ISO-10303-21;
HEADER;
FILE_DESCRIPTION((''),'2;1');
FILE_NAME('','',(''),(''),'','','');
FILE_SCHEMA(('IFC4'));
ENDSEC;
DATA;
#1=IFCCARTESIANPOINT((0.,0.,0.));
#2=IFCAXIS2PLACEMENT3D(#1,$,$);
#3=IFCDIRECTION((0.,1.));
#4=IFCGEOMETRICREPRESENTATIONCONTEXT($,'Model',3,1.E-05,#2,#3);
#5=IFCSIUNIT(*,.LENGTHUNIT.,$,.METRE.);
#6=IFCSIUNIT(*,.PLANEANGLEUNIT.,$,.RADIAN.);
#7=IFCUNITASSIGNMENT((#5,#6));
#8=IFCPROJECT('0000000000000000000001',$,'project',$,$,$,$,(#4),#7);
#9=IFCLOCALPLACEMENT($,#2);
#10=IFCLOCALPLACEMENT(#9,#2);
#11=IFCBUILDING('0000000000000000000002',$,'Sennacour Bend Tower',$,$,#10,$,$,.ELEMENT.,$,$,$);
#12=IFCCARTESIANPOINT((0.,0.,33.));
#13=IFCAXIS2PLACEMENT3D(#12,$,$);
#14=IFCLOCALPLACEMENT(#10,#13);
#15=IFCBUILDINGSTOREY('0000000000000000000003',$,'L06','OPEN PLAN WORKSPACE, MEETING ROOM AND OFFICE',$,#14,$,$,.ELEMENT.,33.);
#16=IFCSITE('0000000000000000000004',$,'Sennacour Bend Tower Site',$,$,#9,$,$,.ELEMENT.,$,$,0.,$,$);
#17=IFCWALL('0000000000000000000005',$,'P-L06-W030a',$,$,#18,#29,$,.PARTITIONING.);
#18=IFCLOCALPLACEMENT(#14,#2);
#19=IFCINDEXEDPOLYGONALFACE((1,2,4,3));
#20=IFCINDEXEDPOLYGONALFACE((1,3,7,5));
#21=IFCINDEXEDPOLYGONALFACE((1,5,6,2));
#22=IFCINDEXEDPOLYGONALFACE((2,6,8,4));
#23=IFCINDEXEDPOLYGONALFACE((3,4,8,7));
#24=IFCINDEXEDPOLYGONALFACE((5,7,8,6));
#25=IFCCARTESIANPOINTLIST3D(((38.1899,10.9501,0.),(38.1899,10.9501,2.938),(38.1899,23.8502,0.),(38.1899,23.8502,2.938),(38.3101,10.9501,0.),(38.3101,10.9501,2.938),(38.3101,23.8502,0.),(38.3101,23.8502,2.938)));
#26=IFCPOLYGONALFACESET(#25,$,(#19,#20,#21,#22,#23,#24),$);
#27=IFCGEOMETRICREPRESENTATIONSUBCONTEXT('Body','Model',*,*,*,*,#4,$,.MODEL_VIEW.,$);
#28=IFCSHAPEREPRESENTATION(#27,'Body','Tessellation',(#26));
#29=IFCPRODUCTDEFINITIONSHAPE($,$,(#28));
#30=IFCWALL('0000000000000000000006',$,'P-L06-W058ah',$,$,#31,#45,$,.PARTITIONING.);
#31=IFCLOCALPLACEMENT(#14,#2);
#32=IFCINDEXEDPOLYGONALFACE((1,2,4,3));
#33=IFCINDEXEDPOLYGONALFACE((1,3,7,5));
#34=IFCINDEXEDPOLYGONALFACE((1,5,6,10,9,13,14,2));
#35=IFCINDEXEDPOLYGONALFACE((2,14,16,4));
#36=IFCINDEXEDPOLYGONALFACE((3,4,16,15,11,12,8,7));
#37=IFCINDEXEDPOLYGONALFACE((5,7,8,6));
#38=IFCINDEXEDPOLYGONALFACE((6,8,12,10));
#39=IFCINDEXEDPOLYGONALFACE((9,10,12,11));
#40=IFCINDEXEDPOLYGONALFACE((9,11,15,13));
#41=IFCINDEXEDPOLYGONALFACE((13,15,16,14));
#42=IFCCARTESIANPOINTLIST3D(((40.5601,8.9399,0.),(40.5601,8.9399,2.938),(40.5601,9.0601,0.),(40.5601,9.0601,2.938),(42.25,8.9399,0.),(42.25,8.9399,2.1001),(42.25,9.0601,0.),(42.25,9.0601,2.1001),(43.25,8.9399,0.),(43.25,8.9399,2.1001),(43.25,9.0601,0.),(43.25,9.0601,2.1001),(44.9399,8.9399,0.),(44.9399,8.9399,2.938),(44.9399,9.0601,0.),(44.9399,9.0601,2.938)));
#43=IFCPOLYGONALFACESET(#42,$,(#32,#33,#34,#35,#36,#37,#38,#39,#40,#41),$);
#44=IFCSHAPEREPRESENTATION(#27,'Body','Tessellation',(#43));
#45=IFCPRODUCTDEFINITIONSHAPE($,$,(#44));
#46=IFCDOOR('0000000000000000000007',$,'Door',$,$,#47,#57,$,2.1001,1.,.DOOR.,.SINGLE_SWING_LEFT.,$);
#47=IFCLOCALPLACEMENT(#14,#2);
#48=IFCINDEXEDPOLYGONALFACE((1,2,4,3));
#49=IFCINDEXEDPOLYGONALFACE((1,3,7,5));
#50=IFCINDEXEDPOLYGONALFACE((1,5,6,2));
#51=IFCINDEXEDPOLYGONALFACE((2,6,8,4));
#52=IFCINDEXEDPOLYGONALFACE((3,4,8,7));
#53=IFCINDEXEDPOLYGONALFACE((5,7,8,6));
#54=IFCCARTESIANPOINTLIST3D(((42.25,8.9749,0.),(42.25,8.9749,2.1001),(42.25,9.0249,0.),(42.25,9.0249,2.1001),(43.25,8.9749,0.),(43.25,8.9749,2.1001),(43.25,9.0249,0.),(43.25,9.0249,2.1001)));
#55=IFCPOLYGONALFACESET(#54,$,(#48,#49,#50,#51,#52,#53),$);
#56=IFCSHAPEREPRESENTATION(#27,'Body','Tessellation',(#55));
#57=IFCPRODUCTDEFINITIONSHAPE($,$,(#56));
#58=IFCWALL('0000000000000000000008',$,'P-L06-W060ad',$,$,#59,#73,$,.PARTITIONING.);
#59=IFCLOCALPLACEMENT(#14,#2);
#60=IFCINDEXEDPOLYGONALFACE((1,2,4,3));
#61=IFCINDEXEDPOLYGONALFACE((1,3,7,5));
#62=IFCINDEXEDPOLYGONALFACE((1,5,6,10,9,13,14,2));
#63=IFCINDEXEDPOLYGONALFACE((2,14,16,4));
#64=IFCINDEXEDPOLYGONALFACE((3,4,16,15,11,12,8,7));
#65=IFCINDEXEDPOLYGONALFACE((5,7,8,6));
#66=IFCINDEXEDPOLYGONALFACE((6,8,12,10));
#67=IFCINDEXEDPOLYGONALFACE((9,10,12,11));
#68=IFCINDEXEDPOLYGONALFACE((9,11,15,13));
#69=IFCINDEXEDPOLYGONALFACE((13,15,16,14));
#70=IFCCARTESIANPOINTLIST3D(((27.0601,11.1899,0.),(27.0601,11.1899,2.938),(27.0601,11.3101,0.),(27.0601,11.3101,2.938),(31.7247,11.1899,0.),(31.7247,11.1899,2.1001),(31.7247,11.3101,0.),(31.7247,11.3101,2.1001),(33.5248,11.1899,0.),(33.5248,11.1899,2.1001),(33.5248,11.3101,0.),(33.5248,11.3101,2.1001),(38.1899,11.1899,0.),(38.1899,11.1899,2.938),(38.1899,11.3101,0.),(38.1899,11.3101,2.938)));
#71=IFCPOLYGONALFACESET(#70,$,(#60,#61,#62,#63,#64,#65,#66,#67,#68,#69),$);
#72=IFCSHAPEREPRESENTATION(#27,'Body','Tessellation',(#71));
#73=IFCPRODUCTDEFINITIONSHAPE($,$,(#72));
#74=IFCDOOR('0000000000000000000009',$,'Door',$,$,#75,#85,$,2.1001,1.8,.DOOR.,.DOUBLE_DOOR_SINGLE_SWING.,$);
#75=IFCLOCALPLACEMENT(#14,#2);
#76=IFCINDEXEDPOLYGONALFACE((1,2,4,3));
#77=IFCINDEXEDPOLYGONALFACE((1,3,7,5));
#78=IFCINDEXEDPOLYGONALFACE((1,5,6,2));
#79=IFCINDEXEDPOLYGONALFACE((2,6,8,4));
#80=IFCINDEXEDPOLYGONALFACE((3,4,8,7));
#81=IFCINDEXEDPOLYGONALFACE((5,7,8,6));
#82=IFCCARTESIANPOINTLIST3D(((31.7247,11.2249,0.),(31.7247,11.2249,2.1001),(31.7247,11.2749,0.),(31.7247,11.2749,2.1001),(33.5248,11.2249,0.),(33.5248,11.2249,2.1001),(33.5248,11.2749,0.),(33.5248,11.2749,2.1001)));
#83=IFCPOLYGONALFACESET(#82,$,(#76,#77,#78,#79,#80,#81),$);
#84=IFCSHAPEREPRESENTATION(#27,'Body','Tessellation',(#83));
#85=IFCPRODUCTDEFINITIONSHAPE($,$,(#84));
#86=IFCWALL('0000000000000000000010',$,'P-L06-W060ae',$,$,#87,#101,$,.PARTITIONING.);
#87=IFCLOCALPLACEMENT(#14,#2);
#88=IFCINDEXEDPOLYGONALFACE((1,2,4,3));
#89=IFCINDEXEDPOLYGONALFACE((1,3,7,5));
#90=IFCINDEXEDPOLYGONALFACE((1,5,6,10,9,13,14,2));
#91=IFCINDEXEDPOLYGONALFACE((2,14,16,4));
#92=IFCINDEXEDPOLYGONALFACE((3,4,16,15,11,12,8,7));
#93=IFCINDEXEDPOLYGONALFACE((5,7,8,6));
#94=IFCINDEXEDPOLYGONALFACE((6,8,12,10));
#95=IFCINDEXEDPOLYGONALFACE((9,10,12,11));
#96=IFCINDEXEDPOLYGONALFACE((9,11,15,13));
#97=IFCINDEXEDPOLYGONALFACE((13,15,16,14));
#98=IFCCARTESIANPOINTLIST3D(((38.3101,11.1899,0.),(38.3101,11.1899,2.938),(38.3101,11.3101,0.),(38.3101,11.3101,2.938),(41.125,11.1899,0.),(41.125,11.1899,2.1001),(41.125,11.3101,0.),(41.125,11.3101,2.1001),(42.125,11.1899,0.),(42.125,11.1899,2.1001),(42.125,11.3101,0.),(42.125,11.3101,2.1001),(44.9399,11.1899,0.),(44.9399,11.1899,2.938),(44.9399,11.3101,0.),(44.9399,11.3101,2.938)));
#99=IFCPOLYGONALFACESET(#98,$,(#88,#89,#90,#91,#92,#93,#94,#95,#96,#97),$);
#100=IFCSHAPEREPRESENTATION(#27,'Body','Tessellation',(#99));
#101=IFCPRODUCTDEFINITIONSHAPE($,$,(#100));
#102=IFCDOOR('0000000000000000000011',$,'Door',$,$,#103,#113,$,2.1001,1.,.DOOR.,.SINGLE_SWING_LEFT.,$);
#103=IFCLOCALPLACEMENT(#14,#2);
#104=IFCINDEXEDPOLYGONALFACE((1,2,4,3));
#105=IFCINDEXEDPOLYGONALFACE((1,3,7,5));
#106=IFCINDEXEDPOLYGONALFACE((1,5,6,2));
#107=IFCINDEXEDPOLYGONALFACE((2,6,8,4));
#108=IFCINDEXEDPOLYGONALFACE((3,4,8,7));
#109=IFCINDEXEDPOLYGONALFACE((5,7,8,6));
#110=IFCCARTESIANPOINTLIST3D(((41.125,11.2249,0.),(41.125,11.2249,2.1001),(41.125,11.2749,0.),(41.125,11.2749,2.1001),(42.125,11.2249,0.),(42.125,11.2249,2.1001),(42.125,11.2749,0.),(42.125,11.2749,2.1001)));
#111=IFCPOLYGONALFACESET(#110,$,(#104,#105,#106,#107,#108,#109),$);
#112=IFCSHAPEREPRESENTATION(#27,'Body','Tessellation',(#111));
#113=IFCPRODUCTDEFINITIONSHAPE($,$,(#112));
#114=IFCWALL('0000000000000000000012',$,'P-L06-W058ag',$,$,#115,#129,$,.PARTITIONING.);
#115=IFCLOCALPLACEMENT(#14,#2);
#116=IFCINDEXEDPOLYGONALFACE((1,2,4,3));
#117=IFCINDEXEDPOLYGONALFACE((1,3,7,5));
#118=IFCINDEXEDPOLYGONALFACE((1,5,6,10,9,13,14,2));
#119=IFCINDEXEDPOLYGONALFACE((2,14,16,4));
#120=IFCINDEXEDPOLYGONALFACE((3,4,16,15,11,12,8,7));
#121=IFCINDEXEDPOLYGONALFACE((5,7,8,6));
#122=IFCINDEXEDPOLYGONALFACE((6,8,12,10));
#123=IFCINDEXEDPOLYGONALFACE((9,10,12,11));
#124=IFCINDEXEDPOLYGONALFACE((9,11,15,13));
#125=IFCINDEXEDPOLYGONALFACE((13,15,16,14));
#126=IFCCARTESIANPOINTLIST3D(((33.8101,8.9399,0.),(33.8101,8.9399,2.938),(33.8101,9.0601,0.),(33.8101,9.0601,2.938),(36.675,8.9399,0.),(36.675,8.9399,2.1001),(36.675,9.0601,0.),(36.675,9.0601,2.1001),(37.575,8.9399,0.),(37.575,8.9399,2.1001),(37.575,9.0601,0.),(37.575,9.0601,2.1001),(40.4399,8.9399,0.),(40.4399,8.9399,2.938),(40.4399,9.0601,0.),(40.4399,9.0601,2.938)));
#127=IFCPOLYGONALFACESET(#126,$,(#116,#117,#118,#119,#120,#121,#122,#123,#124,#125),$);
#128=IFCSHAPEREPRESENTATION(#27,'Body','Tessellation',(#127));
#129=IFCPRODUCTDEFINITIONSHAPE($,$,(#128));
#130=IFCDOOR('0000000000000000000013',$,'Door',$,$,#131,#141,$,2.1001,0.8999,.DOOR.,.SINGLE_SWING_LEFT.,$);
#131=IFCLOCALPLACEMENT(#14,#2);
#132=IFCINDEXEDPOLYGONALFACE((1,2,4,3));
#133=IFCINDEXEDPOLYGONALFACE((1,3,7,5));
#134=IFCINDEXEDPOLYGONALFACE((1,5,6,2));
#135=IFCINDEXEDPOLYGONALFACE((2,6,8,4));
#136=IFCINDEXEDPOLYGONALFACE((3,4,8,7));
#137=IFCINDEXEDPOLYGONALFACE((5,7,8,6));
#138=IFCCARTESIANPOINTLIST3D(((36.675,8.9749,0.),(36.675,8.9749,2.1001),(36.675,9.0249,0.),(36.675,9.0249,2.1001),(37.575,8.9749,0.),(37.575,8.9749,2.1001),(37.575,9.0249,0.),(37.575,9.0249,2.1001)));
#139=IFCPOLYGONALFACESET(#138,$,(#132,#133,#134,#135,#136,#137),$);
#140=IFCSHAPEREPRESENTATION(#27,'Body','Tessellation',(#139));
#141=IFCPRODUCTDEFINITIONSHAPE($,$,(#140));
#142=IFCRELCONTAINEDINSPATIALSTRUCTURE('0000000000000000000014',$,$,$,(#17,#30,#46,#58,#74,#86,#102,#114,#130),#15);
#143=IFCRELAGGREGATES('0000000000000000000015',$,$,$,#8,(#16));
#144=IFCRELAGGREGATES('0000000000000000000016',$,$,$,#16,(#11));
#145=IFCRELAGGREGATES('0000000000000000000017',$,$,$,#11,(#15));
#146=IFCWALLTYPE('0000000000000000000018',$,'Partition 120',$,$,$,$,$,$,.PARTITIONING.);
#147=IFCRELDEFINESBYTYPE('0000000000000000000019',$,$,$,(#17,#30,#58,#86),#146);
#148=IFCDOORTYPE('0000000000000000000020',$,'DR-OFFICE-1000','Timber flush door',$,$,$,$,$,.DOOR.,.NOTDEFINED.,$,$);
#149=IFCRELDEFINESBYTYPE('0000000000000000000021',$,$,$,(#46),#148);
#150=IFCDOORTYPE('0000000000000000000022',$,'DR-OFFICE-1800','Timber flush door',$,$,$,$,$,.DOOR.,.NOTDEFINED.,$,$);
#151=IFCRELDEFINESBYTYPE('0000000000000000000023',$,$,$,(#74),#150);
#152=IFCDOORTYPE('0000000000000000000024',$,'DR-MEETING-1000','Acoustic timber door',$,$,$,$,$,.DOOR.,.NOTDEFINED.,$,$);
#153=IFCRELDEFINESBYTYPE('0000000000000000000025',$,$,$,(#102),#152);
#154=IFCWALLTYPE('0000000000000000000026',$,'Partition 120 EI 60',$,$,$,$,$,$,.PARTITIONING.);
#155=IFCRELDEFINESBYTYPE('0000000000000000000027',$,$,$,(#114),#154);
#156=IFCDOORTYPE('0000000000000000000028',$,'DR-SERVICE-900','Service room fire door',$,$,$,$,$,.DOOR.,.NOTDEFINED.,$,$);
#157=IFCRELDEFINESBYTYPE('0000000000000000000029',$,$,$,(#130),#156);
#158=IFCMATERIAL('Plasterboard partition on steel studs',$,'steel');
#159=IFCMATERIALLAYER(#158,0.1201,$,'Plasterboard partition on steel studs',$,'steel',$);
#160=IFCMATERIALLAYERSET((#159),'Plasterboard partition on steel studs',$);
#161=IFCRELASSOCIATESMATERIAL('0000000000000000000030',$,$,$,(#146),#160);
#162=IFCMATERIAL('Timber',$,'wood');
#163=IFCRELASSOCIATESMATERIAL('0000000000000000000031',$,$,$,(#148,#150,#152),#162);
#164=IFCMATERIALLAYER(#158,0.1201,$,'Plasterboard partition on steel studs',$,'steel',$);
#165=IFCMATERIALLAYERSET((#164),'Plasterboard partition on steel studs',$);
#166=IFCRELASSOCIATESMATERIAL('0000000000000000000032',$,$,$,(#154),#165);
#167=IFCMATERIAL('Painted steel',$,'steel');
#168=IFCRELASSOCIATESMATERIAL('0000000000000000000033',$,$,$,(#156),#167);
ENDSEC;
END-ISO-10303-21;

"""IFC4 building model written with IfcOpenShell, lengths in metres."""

from ifc_helpers import new_model, si_unit, direction, frame, frame_2d, origin, place, context, subcontext, project, spatial, rectangle, extrude, material, layer, layer_set, type_object, element, fill, save


model = new_model("IFC4")

# Units and contexts
model_context = context("Model", 3, precision=1e-05, world=origin(), true_north=direction((0.0, 1.0)))
body_context = subcontext(model_context, "Body", "Model", "MODEL_VIEW")
ifc_project = project(units=[si_unit("LENGTHUNIT", "METRE"), si_unit("PLANEANGLEUNIT", "RADIAN")], contexts=[model_context])

# Site, building, storey
site_placement = place(None, origin())
site = spatial("IfcSite", under=ifc_project, at=site_placement, Name="Sennacour Bend Tower Site", CompositionType="ELEMENT", RefElevation=0.0)
building_placement = place(site_placement, origin())
building = spatial("IfcBuilding", under=site, at=building_placement, Name="Sennacour Bend Tower", CompositionType="ELEMENT")
storey_placement = place(building_placement, frame((0.0, 0.0, 33.0)))
storey = spatial("IfcBuildingStorey", under=building, at=storey_placement, Name="L06", Description="OPEN PLAN WORKSPACE, MEETING ROOM AND OFFICE", CompositionType="ELEMENT", Elevation=33.0)

# Wall
ifc_material_1 = material(Name="Plasterboard partition on steel studs", Category="steel")
ifc_layer_1 = layer(ifc_material_1, 0.1201, Name="Plasterboard partition on steel studs", Category="steel")
ifc_layer_set_1 = layer_set([ifc_layer_1], Name="Plasterboard partition on steel studs")
wall_type_1 = type_object("IfcWallType", Name="Partition 120", PredefinedType="PARTITIONING", material=ifc_layer_set_1)
for number, where, z_axis, x_axis, name in (
    (1, (38.25, 10.95, 0.0), (0.0, 0.0, 1.0), (0.0, 1.0, 0.0), "P-L06-W030a"),
):
    element("IfcWall", number, at=place(storey_placement, frame(where, z_axis=z_axis, x_axis=x_axis)), inside=storey, type_object=wall_type_1, Name=name, PredefinedType="PARTITIONING", context=body_context, shape_type="SweptSolid", body=[
        extrude(rectangle(XDim=12.9001, YDim=0.1201, at=frame_2d((6.4502, 0.0))), origin(), (0.0, 0.0, 1.0), 2.938),
    ])

# Walls, openings, doors
wall_1_placement = place(storey_placement, frame((40.5601, 9.0, 0.0), z_axis=(0.0, 0.0, 1.0), x_axis=(1.0, 0.0, 0.0)))
wall_1 = element("IfcWall", 2, at=wall_1_placement, inside=storey, type_object=wall_type_1, Name="P-L06-W058ah", PredefinedType="PARTITIONING", context=body_context, shape_type="SweptSolid", body=[
    extrude(rectangle(XDim=4.3799, YDim=0.1201, at=frame_2d((2.1899, 0.0))), origin(), (0.0, 0.0, 1.0), 2.938),
])
opening_1_placement = place(wall_1_placement, frame((1.6899, 0.0, 0.0)))
opening_1 = element("IfcOpeningElement", 3, at=opening_1_placement, cuts=wall_1, PredefinedType="OPENING", context=body_context, shape_type="SweptSolid", body=[
    extrude(rectangle(XDim=1.0, YDim=2.1001, at=frame_2d((0.5, 1.05))), frame((0.0, 0.0701, 0.0), z_axis=(0.0, -1.0, 0.0), x_axis=(1.0, 0.0, 0.0)), (0.0, 0.0, 1.0), 0.1401),
])
ifc_material_2 = material(Name="Timber", Category="wood")
door_type_1 = type_object("IfcDoorType", Name="DR-OFFICE-1000", Description="Timber flush door", OperationType="NOTDEFINED", PredefinedType="DOOR", material=ifc_material_2)
door_1_placement = place(opening_1_placement, origin())
door_1 = element("IfcDoor", 4, at=door_1_placement, inside=storey, type_object=door_type_1, Name="Door", OperationType="SINGLE_SWING_LEFT", OverallHeight=2.1001, OverallWidth=1.0, PredefinedType="DOOR", context=body_context, shape_type="SweptSolid", body=[
    extrude(rectangle(XDim=1.0, YDim=2.1001, at=frame_2d((0.5, 1.05))), frame((0.0, 0.0249, 0.0), z_axis=(0.0, -1.0, 0.0), x_axis=(1.0, 0.0, 0.0)), (0.0, 0.0, 1.0), 0.05),
])
fill(opening_1, door_1)
wall_2_placement = place(storey_placement, frame((27.0601, 11.25, 0.0), z_axis=(0.0, 0.0, 1.0), x_axis=(1.0, 0.0, 0.0)))
wall_2 = element("IfcWall", 5, at=wall_2_placement, inside=storey, type_object=wall_type_1, Name="P-L06-W060ad", PredefinedType="PARTITIONING", context=body_context, shape_type="SweptSolid", body=[
    extrude(rectangle(XDim=11.1299, YDim=0.1201, at=frame_2d((5.5649, 0.0))), origin(), (0.0, 0.0, 1.0), 2.938),
])
opening_2_placement = place(wall_2_placement, frame((4.6648, 0.0, 0.0)))
opening_2 = element("IfcOpeningElement", 6, at=opening_2_placement, cuts=wall_2, PredefinedType="OPENING", context=body_context, shape_type="SweptSolid", body=[
    extrude(rectangle(XDim=1.8, YDim=2.1001, at=frame_2d((0.8999, 1.05))), frame((0.0, 0.0701, 0.0), z_axis=(0.0, -1.0, 0.0), x_axis=(1.0, 0.0, 0.0)), (0.0, 0.0, 1.0), 0.1401),
])
door_type_2 = type_object("IfcDoorType", Name="DR-OFFICE-1800", Description="Timber flush door", OperationType="NOTDEFINED", PredefinedType="DOOR", material=ifc_material_2)
door_2_placement = place(opening_2_placement, origin())
door_2 = element("IfcDoor", 7, at=door_2_placement, inside=storey, type_object=door_type_2, Name="Door", OperationType="DOUBLE_DOOR_SINGLE_SWING", OverallHeight=2.1001, OverallWidth=1.8, PredefinedType="DOOR", context=body_context, shape_type="SweptSolid", body=[
    extrude(rectangle(XDim=1.8, YDim=2.1001, at=frame_2d((0.8999, 1.05))), frame((0.0, 0.0249, 0.0), z_axis=(0.0, -1.0, 0.0), x_axis=(1.0, 0.0, 0.0)), (0.0, 0.0, 1.0), 0.05),
])
fill(opening_2, door_2)
wall_3_placement = place(storey_placement, frame((38.3101, 11.25, 0.0), z_axis=(0.0, 0.0, 1.0), x_axis=(1.0, 0.0, 0.0)))
wall_3 = element("IfcWall", 8, at=wall_3_placement, inside=storey, type_object=wall_type_1, Name="P-L06-W060ae", PredefinedType="PARTITIONING", context=body_context, shape_type="SweptSolid", body=[
    extrude(rectangle(XDim=6.6299, YDim=0.1201, at=frame_2d((3.3149, 0.0))), origin(), (0.0, 0.0, 1.0), 2.938),
])
opening_3_placement = place(wall_3_placement, frame((2.8149, 0.0, 0.0)))
opening_3 = element("IfcOpeningElement", 9, at=opening_3_placement, cuts=wall_3, PredefinedType="OPENING", context=body_context, shape_type="SweptSolid", body=[
    extrude(rectangle(XDim=1.0, YDim=2.1001, at=frame_2d((0.5, 1.05))), frame((0.0, 0.0701, 0.0), z_axis=(0.0, -1.0, 0.0), x_axis=(1.0, 0.0, 0.0)), (0.0, 0.0, 1.0), 0.1401),
])
door_type_3 = type_object("IfcDoorType", Name="DR-MEETING-1000", Description="Acoustic timber door", OperationType="NOTDEFINED", PredefinedType="DOOR", material=ifc_material_2)
door_3_placement = place(opening_3_placement, origin())
door_3 = element("IfcDoor", 10, at=door_3_placement, inside=storey, type_object=door_type_3, Name="Door", OperationType="SINGLE_SWING_LEFT", OverallHeight=2.1001, OverallWidth=1.0, PredefinedType="DOOR", context=body_context, shape_type="SweptSolid", body=[
    extrude(rectangle(XDim=1.0, YDim=2.1001, at=frame_2d((0.5, 1.05))), frame((0.0, 0.0249, 0.0), z_axis=(0.0, -1.0, 0.0), x_axis=(1.0, 0.0, 0.0)), (0.0, 0.0, 1.0), 0.05),
])
fill(opening_3, door_3)
ifc_layer_2 = layer(ifc_material_1, 0.1201, Name="Plasterboard partition on steel studs", Category="steel")
ifc_layer_set_2 = layer_set([ifc_layer_2], Name="Plasterboard partition on steel studs")
wall_type_2 = type_object("IfcWallType", Name="Partition 120 EI 60", PredefinedType="PARTITIONING", material=ifc_layer_set_2)
wall_4_placement = place(storey_placement, frame((33.8101, 9.0, 0.0), z_axis=(0.0, 0.0, 1.0), x_axis=(1.0, 0.0, 0.0)))
wall_4 = element("IfcWall", 11, at=wall_4_placement, inside=storey, type_object=wall_type_2, Name="P-L06-W058ag", PredefinedType="PARTITIONING", context=body_context, shape_type="SweptSolid", body=[
    extrude(rectangle(XDim=6.6299, YDim=0.1201, at=frame_2d((3.3149, 0.0))), origin(), (0.0, 0.0, 1.0), 2.938),
])
opening_4_placement = place(wall_4_placement, frame((2.865, 0.0, 0.0)))
opening_4 = element("IfcOpeningElement", 12, at=opening_4_placement, cuts=wall_4, PredefinedType="OPENING", context=body_context, shape_type="SweptSolid", body=[
    extrude(rectangle(XDim=0.8999, YDim=2.1001, at=frame_2d((0.45, 1.05))), frame((0.0, 0.0701, 0.0), z_axis=(0.0, -1.0, 0.0), x_axis=(1.0, 0.0, 0.0)), (0.0, 0.0, 1.0), 0.1401),
])
ifc_material_3 = material(Name="Painted steel", Category="steel")
door_type_4 = type_object("IfcDoorType", Name="DR-SERVICE-900", Description="Service room fire door", OperationType="NOTDEFINED", PredefinedType="DOOR", material=ifc_material_3)
door_4_placement = place(opening_4_placement, origin())
door_4 = element("IfcDoor", 13, at=door_4_placement, inside=storey, type_object=door_type_4, Name="Door", OperationType="SINGLE_SWING_LEFT", OverallHeight=2.1001, OverallWidth=0.8999, PredefinedType="DOOR", context=body_context, shape_type="SweptSolid", body=[
    extrude(rectangle(XDim=0.8999, YDim=2.1001, at=frame_2d((0.45, 1.05))), frame((0.0, 0.0249, 0.0), z_axis=(0.0, -1.0, 0.0), x_axis=(1.0, 0.0, 0.0)), (0.0, 0.0, 1.0), 0.05),
])
fill(opening_4, door_4)

save(model, "model.ifc")
